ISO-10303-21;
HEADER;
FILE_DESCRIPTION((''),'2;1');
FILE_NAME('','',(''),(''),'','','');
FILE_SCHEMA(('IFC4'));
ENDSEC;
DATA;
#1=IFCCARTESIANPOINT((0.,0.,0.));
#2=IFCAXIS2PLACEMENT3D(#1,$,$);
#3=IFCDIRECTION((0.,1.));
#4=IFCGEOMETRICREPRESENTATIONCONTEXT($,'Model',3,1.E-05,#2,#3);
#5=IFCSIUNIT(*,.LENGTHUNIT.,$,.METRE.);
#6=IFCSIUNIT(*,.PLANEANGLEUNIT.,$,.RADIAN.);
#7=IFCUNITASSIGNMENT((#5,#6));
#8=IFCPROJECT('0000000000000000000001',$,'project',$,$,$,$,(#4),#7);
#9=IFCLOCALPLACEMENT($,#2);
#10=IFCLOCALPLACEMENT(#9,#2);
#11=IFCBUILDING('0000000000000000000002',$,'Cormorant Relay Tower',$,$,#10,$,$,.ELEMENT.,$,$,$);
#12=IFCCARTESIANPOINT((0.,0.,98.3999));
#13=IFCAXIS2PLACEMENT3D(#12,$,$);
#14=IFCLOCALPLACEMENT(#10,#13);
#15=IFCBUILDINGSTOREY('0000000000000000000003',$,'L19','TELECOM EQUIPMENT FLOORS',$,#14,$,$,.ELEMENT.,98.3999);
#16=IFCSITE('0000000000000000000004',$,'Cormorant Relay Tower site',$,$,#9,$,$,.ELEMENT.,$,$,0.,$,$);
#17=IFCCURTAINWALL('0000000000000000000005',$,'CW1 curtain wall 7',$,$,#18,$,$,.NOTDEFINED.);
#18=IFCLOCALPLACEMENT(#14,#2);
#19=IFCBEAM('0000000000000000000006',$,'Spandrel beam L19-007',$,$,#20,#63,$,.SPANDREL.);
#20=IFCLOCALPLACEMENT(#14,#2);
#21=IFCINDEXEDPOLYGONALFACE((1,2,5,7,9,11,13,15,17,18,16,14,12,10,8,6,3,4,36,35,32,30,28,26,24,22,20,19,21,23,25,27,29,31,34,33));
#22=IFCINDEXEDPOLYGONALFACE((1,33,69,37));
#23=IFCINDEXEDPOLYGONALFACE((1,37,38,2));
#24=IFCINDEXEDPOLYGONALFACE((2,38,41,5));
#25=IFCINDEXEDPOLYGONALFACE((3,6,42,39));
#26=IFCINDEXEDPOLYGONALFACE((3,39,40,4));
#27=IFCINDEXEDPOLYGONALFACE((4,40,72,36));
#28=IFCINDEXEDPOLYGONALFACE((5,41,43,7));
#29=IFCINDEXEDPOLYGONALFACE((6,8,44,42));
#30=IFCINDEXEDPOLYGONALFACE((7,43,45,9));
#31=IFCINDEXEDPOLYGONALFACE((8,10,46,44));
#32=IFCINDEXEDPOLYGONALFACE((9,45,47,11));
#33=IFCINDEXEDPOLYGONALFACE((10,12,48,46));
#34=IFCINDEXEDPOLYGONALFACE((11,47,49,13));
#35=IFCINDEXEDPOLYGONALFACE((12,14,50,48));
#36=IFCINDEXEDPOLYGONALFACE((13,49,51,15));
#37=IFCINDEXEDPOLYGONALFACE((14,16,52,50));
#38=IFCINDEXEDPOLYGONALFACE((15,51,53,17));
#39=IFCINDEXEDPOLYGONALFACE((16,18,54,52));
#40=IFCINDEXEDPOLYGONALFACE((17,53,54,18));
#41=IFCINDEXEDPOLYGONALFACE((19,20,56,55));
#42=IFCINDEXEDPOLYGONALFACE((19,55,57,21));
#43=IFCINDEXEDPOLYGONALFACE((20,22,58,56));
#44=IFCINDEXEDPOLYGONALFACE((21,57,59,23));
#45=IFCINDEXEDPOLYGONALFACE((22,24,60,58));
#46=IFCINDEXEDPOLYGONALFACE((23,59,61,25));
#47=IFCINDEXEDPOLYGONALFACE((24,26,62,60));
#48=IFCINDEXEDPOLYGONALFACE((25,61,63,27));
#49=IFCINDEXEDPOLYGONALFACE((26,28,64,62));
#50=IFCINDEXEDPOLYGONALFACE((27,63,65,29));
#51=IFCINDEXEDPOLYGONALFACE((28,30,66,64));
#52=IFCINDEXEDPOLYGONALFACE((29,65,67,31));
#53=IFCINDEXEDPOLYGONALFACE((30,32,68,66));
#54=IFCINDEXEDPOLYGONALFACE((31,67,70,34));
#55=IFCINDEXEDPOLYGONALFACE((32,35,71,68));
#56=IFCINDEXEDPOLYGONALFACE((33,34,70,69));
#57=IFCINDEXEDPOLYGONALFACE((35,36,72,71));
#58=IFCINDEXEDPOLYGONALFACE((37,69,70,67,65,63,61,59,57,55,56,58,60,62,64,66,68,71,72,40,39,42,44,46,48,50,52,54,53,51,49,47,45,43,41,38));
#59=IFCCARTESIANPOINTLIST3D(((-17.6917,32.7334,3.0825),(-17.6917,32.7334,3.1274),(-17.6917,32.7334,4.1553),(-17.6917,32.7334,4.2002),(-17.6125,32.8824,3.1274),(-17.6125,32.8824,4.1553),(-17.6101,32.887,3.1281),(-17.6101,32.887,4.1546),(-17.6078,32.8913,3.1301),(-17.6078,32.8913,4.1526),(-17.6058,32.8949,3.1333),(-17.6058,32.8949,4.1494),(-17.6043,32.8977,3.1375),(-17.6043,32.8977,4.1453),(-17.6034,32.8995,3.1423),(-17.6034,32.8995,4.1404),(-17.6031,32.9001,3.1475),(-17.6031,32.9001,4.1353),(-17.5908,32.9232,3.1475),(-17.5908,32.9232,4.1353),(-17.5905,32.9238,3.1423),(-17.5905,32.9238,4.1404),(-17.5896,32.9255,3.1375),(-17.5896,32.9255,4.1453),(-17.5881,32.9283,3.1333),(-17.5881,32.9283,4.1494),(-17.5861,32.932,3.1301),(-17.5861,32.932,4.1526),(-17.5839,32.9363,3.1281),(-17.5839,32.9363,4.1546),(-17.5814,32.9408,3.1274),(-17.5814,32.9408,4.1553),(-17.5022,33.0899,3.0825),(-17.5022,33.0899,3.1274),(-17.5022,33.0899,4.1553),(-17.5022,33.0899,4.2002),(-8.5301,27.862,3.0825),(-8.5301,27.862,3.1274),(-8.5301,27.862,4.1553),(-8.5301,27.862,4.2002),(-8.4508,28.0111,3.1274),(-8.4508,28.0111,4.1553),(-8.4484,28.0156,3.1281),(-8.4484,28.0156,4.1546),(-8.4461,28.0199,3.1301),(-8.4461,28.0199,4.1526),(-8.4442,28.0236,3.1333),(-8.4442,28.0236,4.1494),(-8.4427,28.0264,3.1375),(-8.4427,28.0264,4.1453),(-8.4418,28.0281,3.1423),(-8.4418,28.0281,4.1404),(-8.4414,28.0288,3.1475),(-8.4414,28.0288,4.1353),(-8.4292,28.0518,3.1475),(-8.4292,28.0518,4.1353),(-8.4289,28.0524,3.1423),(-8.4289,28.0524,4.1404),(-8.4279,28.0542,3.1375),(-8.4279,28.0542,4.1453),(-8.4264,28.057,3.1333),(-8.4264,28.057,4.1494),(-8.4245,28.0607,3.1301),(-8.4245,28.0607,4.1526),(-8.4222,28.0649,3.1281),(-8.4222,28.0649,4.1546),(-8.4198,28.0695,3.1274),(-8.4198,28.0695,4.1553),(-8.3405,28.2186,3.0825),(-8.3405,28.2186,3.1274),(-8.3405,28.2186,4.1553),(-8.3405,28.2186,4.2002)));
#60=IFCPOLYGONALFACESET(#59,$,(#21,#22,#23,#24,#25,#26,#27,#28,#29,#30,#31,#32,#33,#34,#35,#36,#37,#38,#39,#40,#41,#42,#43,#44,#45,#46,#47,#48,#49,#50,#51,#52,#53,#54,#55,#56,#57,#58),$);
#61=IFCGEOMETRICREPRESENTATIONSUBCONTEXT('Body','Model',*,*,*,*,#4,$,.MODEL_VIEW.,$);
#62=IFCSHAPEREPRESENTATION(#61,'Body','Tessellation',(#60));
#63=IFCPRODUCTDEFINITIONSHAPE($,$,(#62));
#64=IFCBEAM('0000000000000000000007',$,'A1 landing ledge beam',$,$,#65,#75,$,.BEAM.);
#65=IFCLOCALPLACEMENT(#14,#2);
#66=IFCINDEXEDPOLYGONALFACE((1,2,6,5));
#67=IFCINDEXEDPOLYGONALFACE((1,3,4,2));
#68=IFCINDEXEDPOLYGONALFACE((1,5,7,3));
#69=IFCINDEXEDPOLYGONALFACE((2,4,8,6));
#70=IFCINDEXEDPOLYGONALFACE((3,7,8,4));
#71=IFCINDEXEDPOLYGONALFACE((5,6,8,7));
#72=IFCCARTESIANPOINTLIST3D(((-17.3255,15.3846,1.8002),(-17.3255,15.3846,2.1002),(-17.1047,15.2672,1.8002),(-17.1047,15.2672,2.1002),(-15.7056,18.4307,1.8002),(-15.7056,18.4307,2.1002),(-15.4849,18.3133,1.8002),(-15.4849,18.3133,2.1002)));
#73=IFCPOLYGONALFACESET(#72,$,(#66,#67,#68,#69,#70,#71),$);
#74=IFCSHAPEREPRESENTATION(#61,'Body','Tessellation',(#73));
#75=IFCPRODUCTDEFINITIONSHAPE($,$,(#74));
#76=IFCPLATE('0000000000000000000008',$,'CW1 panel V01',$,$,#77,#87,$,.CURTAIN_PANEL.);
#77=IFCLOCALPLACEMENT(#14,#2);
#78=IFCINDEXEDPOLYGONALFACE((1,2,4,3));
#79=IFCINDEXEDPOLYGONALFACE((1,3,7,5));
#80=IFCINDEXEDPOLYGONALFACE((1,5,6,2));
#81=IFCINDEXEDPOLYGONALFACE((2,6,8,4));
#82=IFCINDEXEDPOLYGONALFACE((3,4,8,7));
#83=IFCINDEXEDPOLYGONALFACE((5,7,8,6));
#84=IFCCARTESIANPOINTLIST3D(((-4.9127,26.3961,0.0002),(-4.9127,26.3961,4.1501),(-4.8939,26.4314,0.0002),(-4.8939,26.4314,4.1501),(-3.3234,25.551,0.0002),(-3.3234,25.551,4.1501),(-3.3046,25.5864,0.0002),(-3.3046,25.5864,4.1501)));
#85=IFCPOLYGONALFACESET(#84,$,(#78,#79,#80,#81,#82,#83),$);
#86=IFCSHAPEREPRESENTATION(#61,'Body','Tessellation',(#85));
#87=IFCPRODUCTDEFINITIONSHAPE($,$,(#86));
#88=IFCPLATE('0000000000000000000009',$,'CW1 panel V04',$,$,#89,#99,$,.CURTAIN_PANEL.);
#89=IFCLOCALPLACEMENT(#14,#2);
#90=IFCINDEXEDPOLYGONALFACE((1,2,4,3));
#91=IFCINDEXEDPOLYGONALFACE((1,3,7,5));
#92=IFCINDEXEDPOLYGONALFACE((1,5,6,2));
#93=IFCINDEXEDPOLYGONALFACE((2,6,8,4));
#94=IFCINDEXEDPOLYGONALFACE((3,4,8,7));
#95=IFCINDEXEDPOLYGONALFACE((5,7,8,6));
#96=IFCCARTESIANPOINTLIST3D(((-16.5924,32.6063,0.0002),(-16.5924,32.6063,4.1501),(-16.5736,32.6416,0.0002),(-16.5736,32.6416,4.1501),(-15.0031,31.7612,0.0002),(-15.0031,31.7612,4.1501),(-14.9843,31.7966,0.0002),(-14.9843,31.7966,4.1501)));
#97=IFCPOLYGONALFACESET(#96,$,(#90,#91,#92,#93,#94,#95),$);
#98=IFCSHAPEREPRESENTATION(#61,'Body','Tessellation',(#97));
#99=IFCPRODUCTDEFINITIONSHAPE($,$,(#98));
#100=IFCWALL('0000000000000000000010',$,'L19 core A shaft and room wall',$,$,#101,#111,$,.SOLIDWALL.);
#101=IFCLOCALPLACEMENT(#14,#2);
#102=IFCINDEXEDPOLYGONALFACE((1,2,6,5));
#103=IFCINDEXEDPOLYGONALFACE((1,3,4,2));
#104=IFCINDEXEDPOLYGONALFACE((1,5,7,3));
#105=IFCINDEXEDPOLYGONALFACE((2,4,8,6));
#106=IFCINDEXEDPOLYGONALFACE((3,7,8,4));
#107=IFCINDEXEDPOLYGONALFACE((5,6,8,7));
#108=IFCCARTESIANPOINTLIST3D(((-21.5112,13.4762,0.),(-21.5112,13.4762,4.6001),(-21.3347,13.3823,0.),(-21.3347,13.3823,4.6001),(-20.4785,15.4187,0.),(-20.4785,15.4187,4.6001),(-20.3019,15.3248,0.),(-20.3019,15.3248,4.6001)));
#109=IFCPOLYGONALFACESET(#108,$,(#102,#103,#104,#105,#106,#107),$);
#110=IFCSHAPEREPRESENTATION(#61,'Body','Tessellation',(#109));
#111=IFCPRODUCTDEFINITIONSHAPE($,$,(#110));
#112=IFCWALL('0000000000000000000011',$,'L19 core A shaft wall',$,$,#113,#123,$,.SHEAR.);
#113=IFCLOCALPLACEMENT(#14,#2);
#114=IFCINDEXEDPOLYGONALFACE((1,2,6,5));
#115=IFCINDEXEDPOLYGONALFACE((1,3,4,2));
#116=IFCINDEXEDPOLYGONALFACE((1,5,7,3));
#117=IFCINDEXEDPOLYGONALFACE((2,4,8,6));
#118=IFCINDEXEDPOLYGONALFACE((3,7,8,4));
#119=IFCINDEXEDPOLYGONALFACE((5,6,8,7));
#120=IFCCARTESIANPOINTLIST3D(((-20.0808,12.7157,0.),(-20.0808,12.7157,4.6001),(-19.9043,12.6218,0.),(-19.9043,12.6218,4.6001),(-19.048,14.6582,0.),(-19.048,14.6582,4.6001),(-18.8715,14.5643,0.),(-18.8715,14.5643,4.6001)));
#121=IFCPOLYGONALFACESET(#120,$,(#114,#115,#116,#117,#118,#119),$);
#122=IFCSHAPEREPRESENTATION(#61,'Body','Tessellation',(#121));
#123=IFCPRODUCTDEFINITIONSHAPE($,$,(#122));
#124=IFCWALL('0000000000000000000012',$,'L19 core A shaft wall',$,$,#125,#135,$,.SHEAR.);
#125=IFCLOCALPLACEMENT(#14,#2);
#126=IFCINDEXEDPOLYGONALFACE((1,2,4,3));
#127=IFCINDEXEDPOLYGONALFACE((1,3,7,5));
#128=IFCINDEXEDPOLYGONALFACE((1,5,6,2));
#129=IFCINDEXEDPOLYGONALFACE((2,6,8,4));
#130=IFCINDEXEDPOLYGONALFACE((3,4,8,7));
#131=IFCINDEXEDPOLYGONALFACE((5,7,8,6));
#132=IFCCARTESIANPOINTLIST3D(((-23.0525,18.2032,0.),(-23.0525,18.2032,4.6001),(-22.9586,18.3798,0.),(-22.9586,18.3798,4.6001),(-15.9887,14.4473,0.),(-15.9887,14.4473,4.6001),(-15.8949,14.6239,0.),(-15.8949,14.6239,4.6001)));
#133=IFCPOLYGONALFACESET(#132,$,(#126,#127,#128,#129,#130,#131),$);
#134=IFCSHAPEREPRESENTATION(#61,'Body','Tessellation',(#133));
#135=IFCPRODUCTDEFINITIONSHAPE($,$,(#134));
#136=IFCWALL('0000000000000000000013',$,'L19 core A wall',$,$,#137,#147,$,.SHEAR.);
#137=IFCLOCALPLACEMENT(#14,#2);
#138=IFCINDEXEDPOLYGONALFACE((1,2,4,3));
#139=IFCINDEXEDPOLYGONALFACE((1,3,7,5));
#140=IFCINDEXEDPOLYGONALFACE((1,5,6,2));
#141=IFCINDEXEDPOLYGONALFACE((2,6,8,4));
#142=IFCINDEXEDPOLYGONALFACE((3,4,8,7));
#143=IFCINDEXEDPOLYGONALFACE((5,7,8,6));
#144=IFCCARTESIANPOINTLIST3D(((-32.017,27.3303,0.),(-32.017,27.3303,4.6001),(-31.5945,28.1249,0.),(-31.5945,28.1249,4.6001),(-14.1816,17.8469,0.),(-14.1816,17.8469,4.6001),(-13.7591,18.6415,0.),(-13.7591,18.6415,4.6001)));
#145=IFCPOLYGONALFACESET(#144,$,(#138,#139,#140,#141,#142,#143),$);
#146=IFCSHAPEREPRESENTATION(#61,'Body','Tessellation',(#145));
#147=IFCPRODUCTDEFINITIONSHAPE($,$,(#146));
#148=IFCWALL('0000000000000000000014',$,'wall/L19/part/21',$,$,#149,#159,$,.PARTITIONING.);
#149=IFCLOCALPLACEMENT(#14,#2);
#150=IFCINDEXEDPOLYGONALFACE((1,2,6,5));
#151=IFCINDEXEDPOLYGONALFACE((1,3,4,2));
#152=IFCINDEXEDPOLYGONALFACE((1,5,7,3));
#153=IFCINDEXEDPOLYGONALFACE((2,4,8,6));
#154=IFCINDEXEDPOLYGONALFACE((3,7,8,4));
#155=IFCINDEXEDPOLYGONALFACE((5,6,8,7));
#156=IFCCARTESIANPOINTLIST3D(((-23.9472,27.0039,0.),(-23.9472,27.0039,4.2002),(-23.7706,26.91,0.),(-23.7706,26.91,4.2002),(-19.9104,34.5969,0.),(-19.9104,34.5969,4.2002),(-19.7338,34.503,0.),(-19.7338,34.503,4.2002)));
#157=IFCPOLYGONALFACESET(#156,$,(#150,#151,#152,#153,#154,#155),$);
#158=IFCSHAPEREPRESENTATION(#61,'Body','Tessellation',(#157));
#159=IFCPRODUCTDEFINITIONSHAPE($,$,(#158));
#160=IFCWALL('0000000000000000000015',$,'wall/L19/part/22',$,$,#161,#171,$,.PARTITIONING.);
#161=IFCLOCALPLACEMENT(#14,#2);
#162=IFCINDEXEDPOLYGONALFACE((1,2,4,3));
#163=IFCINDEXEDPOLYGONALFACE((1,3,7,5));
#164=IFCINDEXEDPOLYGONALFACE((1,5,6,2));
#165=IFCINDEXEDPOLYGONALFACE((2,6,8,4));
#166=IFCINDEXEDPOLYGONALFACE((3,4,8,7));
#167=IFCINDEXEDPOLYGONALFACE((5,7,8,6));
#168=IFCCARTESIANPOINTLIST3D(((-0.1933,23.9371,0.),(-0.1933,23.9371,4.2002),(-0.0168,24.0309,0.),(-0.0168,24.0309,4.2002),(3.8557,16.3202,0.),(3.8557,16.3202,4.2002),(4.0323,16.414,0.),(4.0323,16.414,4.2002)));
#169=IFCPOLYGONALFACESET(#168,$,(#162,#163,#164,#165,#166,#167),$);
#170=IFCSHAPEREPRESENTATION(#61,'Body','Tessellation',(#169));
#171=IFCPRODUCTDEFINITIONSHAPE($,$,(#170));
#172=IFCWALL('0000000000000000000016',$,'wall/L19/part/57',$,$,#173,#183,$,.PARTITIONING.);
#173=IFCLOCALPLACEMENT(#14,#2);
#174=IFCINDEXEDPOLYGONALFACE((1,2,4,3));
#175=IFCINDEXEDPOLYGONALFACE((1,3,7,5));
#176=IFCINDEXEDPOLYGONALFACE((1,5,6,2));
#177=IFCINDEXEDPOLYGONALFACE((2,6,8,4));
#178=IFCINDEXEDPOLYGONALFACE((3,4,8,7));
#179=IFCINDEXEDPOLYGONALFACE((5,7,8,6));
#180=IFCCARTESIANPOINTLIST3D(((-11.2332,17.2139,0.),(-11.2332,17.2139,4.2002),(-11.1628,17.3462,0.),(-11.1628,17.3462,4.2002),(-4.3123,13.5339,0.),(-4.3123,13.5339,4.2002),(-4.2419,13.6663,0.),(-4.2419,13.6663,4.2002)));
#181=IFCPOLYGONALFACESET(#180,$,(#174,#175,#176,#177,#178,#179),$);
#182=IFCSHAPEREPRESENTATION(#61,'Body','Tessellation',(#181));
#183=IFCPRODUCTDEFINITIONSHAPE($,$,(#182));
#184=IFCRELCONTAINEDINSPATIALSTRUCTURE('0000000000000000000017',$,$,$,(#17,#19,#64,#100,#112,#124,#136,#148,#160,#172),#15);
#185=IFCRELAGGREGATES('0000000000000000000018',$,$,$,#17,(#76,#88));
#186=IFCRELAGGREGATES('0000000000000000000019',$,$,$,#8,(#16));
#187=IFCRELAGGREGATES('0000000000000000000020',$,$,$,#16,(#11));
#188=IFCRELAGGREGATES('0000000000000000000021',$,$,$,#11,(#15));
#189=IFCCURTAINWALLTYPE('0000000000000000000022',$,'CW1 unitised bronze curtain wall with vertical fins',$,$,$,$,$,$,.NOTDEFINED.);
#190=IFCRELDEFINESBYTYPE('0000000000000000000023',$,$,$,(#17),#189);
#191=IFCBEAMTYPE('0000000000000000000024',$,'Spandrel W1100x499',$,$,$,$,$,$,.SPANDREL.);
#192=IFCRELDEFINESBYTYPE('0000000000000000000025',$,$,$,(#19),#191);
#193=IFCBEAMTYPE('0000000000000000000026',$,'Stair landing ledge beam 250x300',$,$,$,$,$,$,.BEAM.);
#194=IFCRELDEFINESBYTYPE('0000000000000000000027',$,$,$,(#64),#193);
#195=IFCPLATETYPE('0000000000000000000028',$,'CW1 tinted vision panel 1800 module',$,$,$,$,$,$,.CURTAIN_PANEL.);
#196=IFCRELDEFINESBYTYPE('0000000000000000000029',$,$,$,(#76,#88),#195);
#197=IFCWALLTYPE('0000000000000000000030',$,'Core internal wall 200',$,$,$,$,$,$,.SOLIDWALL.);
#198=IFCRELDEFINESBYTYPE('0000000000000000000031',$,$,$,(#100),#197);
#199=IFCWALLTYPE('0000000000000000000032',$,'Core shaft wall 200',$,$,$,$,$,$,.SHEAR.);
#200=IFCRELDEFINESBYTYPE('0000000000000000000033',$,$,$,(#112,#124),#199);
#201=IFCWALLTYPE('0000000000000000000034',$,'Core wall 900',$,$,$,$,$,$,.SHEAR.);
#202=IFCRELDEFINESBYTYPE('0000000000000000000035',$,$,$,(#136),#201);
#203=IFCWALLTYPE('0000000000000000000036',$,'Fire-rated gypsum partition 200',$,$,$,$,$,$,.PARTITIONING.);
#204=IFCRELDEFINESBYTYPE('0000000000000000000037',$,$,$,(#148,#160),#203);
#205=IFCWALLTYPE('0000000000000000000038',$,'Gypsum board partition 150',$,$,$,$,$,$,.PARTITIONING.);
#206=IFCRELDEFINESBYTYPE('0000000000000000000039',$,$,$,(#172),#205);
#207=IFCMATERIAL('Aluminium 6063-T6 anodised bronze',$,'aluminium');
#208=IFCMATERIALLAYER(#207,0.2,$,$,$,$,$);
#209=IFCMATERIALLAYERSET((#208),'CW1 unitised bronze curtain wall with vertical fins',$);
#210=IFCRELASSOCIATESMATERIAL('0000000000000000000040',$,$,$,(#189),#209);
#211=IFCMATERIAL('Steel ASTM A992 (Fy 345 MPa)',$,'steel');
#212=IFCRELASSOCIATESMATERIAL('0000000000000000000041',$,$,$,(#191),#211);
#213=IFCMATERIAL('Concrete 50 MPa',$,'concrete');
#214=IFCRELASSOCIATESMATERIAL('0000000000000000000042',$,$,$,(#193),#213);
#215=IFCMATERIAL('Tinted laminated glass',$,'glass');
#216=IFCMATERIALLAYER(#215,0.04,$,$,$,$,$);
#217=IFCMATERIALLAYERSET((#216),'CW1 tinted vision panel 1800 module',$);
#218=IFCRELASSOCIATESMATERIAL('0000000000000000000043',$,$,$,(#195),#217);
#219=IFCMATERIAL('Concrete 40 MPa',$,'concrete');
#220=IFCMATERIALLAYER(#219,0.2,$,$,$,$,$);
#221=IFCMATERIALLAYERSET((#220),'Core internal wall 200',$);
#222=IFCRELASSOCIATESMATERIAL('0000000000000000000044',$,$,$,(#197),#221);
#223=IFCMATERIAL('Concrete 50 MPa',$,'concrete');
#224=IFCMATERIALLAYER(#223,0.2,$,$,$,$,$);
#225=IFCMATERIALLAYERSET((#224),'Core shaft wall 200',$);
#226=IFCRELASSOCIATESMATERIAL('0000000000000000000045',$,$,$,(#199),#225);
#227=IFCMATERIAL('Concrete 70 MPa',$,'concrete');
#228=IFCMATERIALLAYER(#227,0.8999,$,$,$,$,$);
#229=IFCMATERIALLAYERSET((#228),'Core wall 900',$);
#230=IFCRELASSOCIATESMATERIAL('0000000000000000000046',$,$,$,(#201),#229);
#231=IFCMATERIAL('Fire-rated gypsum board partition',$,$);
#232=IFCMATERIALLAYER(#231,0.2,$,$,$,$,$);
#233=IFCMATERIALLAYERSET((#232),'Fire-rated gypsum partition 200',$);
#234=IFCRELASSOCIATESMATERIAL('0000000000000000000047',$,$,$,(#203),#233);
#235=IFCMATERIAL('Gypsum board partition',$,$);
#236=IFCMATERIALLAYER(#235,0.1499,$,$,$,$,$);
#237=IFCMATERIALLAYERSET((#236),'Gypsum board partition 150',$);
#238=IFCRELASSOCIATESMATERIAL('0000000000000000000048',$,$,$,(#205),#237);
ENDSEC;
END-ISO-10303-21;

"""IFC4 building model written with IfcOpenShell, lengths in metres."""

from ifc_helpers import new_model, si_unit, direction, frame, frame_2d, origin, origin_2d, place, context, subcontext, project, spatial, rectangle, i_section, extrude, material, layer, layer_set, material_profile, profile_set, type_object, element, aggregate, save


model = new_model("IFC4")

# Units and contexts
model_context = context("Model", 3, precision=1e-05, world=origin(), true_north=direction((0.0, 1.0)))
body_context = subcontext(model_context, "Body", "Model", "MODEL_VIEW")
ifc_project = project(units=[si_unit("LENGTHUNIT", "METRE"), si_unit("PLANEANGLEUNIT", "RADIAN")], contexts=[model_context])

# Site, building, storey
site_placement = place(None, origin())
site = spatial("IfcSite", under=ifc_project, at=site_placement, Name="Cormorant Relay Tower site", CompositionType="ELEMENT", RefElevation=0.0)
building_placement = place(site_placement, origin())
building = spatial("IfcBuilding", under=site, at=building_placement, Name="Cormorant Relay Tower", CompositionType="ELEMENT")
storey_placement = place(building_placement, frame((0.0, 0.0, 98.3999)))
storey = spatial("IfcBuildingStorey", under=building, at=storey_placement, Name="L19", Description="TELECOM EQUIPMENT FLOORS", CompositionType="ELEMENT", Elevation=98.3999)

# Curtain wall
ifc_material_1 = material(Name="Aluminium 6063-T6 anodised bronze", Category="aluminium")
ifc_layer_1 = layer(ifc_material_1, 0.2)
ifc_layer_set_1 = layer_set([ifc_layer_1], Name="CW1 unitised bronze curtain wall with vertical fins")
curtain_wall_type = type_object("IfcCurtainWallType", Name="CW1 unitised bronze curtain wall with vertical fins", PredefinedType="NOTDEFINED", material=ifc_layer_set_1)
curtain_wall_placement = place(storey_placement, origin())
curtain_wall = element("IfcCurtainWall", 1, at=curtain_wall_placement, inside=storey, type_object=curtain_wall_type, Name="CW1 curtain wall 7", PredefinedType="NOTDEFINED")

# Beams
ifc_material_2 = material(Name="Steel ASTM A992 (Fy 345 MPa)", Category="steel")
ifc_material_profile_1 = material_profile(ifc_material_2, i_section(OverallWidth=0.4038, OverallDepth=1.1177, WebThickness=0.0261, FlangeThickness=0.0449, FilletRadius=0.02, at=origin_2d()), Name="W1100x499")
ifc_profile_set_1 = profile_set([ifc_material_profile_1], Name="Steel ASTM A992 (Fy 345 MPa)")
beam_type_1 = type_object("IfcBeamType", Name="Spandrel W1100x499", PredefinedType="SPANDREL", material=ifc_profile_set_1)
beam_1_placement = place(storey_placement, frame((-8.4353, 28.0403, 3.6414), z_axis=(-0.882947, 0.469473, 0.0), x_axis=(-0.469473, -0.882947, 0.0)))
element("IfcBeam", 2, at=beam_1_placement, inside=storey, type_object=beam_type_1, Name="Spandrel beam L19-007", PredefinedType="SPANDREL", context=body_context, shape_type="SweptSolid", body=[
    extrude(i_section(OverallWidth=0.4038, OverallDepth=1.1177, WebThickness=0.0261, FlangeThickness=0.0449, FilletRadius=0.02, at=origin_2d()), origin(), (0.0, 0.0, 1.0), 10.3762),
])
ifc_material_3 = material(Name="Concrete 50 MPa", Category="concrete")
ifc_material_profile_2 = material_profile(ifc_material_3, rectangle(XDim=0.25, YDim=0.3, at=origin_2d()), Name="RC 250x300")
ifc_profile_set_2 = profile_set([ifc_material_profile_2], Name="Concrete 50 MPa")
beam_type_2 = type_object("IfcBeamType", Name="Stair landing ledge beam 250x300", PredefinedType="BEAM", material=ifc_profile_set_2)
beam_2_placement = place(storey_placement, frame((-17.2151, 15.3259, 1.9502), z_axis=(0.469519, 0.882922, 0.0), x_axis=(-0.882922, 0.469519, 0.0)))
element("IfcBeam", 3, at=beam_2_placement, inside=storey, type_object=beam_type_2, Name="A1 landing ledge beam", PredefinedType="BEAM", context=body_context, shape_type="SweptSolid", body=[
    extrude(rectangle(XDim=0.25, YDim=0.3, at=origin_2d()), origin(), (0.0, 0.0, 1.0), 3.45),
])

# Plates
ifc_material_4 = material(Name="Tinted laminated glass", Category="glass")
ifc_layer_2 = layer(ifc_material_4, 0.04)
ifc_layer_set_2 = layer_set([ifc_layer_2], Name="CW1 tinted vision panel 1800 module")
plate_type = type_object("IfcPlateType", Name="CW1 tinted vision panel 1800 module", PredefinedType="CURTAIN_PANEL", material=ifc_layer_set_2)
plate_1_placement = place(storey_placement, frame((-4.1086, 25.9912, 0.0002), z_axis=(0.0, 0.0, 1.0), x_axis=(-0.882948, 0.469472, 0.0)))
plate_1 = element("IfcPlate", 4, at=plate_1_placement, type_object=plate_type, Name="CW1 panel V01", PredefinedType="CURTAIN_PANEL", context=body_context, shape_type="SweptSolid", body=[
    extrude(rectangle(XDim=1.8, YDim=0.04, at=origin_2d()), origin(), (0.0, 0.0, 1.0), 4.1499),
])
plate_2_placement = place(storey_placement, frame((-15.7883, 32.2014, 0.0002), z_axis=(0.0, 0.0, 1.0), x_axis=(-0.882948, 0.469472, 0.0)))
plate_2 = element("IfcPlate", 5, at=plate_2_placement, type_object=plate_type, Name="CW1 panel V04", PredefinedType="CURTAIN_PANEL", context=body_context, shape_type="SweptSolid", body=[
    extrude(rectangle(XDim=1.8, YDim=0.04, at=origin_2d()), origin(), (0.0, 0.0, 1.0), 4.1499),
])

# Walls
ifc_material_5 = material(Name="Concrete 40 MPa", Category="concrete")
ifc_layer_3 = layer(ifc_material_5, 0.2)
ifc_layer_set_3 = layer_set([ifc_layer_3], Name="Core internal wall 200")
wall_type_1 = type_object("IfcWallType", Name="Core internal wall 200", PredefinedType="SOLIDWALL", material=ifc_layer_set_3)
wall_1_placement = place(storey_placement, frame((-20.3901, 15.3718, 0.0), z_axis=(0.0, 0.0, 1.0), x_axis=(-0.469447, -0.88296, 0.0)))
element("IfcWall", 6, at=wall_1_placement, inside=storey, type_object=wall_type_1, Name="L19 core A shaft and room wall", PredefinedType="SOLIDWALL", context=body_context, shape_type="SweptSolid", body=[
    extrude(rectangle(XDim=2.2, YDim=0.2, at=frame_2d((1.1001, 0.0))), origin(), (0.0, 0.0, 1.0), 4.6001),
])
ifc_material_6 = material(Name="Concrete 50 MPa", Category="concrete")
ifc_layer_4 = layer(ifc_material_6, 0.2)
ifc_layer_set_4 = layer_set([ifc_layer_4], Name="Core shaft wall 200")
wall_type_2 = type_object("IfcWallType", Name="Core shaft wall 200", PredefinedType="SHEAR", material=ifc_layer_set_4)
wall_2_placement = place(storey_placement, frame((-18.9597, 14.6113, 0.0), z_axis=(0.0, 0.0, 1.0), x_axis=(-0.469447, -0.88296, 0.0)))
element("IfcWall", 7, at=wall_2_placement, inside=storey, type_object=wall_type_2, Name="L19 core A shaft wall", PredefinedType="SHEAR", context=body_context, shape_type="SweptSolid", body=[
    extrude(rectangle(XDim=2.2, YDim=0.2, at=frame_2d((1.1001, 0.0))), origin(), (0.0, 0.0, 1.0), 4.6001),
])
wall_3_placement = place(storey_placement, frame((-15.9419, 14.5356, 0.0), z_axis=(0.0, 0.0, 1.0), x_axis=(-0.882947, 0.469473, 0.0)))
element("IfcWall", 8, at=wall_3_placement, inside=storey, type_object=wall_type_2, Name="L19 core A shaft wall", PredefinedType="SHEAR", context=body_context, shape_type="SweptSolid", body=[
    extrude(rectangle(XDim=8.0002, YDim=0.2, at=frame_2d((4.0, 0.0))), origin(), (0.0, 0.0, 1.0), 4.6001),
])

# Shared definitions
ifc_material_7 = material(Name="Concrete 70 MPa", Category="concrete")
ifc_layer_5 = layer(ifc_material_7, 0.8999)
ifc_layer_set_5 = layer_set([ifc_layer_5], Name="Core wall 900")
wall_type_3 = type_object("IfcWallType", Name="Core wall 900", PredefinedType="SHEAR", material=ifc_layer_set_5)

# Walls
wall_4_placement = place(storey_placement, frame((-13.9702, 18.2441, 0.0), z_axis=(0.0, 0.0, 1.0), x_axis=(-0.882945, 0.469476, 0.0)))
element("IfcWall", 9, at=wall_4_placement, inside=storey, type_object=wall_type_3, Name="L19 core A wall", PredefinedType="SHEAR", context=body_context, shape_type="SweptSolid", body=[
    extrude(rectangle(XDim=20.2, YDim=0.8999, at=frame_2d((10.1001, 0.0))), origin(), (0.0, 0.0, 1.0), 4.6001),
])
ifc_material_8 = material(Name="Fire-rated gypsum board partition")
ifc_layer_6 = layer(ifc_material_8, 0.2)
ifc_layer_set_6 = layer_set([ifc_layer_6], Name="Fire-rated gypsum partition 200")
wall_type_4 = type_object("IfcWallType", Name="Fire-rated gypsum partition 200", PredefinedType="PARTITIONING", material=ifc_layer_set_6)
wall_5_placement = place(storey_placement, frame((-19.822, 34.55, 0.0), z_axis=(0.0, 0.0, 1.0), x_axis=(-0.469434, -0.882968, 0.0)))
element("IfcWall", 10, at=wall_5_placement, inside=storey, type_object=wall_type_4, Name="wall/L19/part/21", PredefinedType="PARTITIONING", context=body_context, shape_type="SweptSolid", body=[
    extrude(rectangle(XDim=8.5994, YDim=0.2, at=frame_2d((4.2998, 0.0))), origin(), (0.0, 0.0, 1.0), 4.2002),
])
wall_6_placement = place(storey_placement, frame((-0.105, 23.9839, 0.0), z_axis=(0.0, 0.0, 1.0), x_axis=(0.469388, -0.882992, 0.0)))
element("IfcWall", 11, at=wall_6_placement, inside=storey, type_object=wall_type_4, Name="wall/L19/part/22", PredefinedType="PARTITIONING", context=body_context, shape_type="SweptSolid", body=[
    extrude(rectangle(XDim=8.6262, YDim=0.2, at=frame_2d((4.313, 0.0))), origin(), (0.0, 0.0, 1.0), 4.2002),
])
ifc_material_9 = material(Name="Gypsum board partition")
ifc_layer_7 = layer(ifc_material_9, 0.1499)
ifc_layer_set_7 = layer_set([ifc_layer_7], Name="Gypsum board partition 150")
wall_type_5 = type_object("IfcWallType", Name="Gypsum board partition 150", PredefinedType="PARTITIONING", material=ifc_layer_set_7)
wall_7_placement = place(storey_placement, frame((-11.198, 17.28, 0.0), z_axis=(0.0, 0.0, 1.0), x_axis=(0.882946, -0.469474, 0.0)))
element("IfcWall", 12, at=wall_7_placement, inside=storey, type_object=wall_type_5, Name="wall/L19/part/57", PredefinedType="PARTITIONING", context=body_context, shape_type="SweptSolid", body=[
    extrude(rectangle(XDim=7.8384, YDim=0.1499, at=frame_2d((3.9192, 0.0))), origin(), (0.0, 0.0, 1.0), 4.2002),
])

aggregate(curtain_wall, [plate_1, plate_2])

save(model, "model.ifc")
